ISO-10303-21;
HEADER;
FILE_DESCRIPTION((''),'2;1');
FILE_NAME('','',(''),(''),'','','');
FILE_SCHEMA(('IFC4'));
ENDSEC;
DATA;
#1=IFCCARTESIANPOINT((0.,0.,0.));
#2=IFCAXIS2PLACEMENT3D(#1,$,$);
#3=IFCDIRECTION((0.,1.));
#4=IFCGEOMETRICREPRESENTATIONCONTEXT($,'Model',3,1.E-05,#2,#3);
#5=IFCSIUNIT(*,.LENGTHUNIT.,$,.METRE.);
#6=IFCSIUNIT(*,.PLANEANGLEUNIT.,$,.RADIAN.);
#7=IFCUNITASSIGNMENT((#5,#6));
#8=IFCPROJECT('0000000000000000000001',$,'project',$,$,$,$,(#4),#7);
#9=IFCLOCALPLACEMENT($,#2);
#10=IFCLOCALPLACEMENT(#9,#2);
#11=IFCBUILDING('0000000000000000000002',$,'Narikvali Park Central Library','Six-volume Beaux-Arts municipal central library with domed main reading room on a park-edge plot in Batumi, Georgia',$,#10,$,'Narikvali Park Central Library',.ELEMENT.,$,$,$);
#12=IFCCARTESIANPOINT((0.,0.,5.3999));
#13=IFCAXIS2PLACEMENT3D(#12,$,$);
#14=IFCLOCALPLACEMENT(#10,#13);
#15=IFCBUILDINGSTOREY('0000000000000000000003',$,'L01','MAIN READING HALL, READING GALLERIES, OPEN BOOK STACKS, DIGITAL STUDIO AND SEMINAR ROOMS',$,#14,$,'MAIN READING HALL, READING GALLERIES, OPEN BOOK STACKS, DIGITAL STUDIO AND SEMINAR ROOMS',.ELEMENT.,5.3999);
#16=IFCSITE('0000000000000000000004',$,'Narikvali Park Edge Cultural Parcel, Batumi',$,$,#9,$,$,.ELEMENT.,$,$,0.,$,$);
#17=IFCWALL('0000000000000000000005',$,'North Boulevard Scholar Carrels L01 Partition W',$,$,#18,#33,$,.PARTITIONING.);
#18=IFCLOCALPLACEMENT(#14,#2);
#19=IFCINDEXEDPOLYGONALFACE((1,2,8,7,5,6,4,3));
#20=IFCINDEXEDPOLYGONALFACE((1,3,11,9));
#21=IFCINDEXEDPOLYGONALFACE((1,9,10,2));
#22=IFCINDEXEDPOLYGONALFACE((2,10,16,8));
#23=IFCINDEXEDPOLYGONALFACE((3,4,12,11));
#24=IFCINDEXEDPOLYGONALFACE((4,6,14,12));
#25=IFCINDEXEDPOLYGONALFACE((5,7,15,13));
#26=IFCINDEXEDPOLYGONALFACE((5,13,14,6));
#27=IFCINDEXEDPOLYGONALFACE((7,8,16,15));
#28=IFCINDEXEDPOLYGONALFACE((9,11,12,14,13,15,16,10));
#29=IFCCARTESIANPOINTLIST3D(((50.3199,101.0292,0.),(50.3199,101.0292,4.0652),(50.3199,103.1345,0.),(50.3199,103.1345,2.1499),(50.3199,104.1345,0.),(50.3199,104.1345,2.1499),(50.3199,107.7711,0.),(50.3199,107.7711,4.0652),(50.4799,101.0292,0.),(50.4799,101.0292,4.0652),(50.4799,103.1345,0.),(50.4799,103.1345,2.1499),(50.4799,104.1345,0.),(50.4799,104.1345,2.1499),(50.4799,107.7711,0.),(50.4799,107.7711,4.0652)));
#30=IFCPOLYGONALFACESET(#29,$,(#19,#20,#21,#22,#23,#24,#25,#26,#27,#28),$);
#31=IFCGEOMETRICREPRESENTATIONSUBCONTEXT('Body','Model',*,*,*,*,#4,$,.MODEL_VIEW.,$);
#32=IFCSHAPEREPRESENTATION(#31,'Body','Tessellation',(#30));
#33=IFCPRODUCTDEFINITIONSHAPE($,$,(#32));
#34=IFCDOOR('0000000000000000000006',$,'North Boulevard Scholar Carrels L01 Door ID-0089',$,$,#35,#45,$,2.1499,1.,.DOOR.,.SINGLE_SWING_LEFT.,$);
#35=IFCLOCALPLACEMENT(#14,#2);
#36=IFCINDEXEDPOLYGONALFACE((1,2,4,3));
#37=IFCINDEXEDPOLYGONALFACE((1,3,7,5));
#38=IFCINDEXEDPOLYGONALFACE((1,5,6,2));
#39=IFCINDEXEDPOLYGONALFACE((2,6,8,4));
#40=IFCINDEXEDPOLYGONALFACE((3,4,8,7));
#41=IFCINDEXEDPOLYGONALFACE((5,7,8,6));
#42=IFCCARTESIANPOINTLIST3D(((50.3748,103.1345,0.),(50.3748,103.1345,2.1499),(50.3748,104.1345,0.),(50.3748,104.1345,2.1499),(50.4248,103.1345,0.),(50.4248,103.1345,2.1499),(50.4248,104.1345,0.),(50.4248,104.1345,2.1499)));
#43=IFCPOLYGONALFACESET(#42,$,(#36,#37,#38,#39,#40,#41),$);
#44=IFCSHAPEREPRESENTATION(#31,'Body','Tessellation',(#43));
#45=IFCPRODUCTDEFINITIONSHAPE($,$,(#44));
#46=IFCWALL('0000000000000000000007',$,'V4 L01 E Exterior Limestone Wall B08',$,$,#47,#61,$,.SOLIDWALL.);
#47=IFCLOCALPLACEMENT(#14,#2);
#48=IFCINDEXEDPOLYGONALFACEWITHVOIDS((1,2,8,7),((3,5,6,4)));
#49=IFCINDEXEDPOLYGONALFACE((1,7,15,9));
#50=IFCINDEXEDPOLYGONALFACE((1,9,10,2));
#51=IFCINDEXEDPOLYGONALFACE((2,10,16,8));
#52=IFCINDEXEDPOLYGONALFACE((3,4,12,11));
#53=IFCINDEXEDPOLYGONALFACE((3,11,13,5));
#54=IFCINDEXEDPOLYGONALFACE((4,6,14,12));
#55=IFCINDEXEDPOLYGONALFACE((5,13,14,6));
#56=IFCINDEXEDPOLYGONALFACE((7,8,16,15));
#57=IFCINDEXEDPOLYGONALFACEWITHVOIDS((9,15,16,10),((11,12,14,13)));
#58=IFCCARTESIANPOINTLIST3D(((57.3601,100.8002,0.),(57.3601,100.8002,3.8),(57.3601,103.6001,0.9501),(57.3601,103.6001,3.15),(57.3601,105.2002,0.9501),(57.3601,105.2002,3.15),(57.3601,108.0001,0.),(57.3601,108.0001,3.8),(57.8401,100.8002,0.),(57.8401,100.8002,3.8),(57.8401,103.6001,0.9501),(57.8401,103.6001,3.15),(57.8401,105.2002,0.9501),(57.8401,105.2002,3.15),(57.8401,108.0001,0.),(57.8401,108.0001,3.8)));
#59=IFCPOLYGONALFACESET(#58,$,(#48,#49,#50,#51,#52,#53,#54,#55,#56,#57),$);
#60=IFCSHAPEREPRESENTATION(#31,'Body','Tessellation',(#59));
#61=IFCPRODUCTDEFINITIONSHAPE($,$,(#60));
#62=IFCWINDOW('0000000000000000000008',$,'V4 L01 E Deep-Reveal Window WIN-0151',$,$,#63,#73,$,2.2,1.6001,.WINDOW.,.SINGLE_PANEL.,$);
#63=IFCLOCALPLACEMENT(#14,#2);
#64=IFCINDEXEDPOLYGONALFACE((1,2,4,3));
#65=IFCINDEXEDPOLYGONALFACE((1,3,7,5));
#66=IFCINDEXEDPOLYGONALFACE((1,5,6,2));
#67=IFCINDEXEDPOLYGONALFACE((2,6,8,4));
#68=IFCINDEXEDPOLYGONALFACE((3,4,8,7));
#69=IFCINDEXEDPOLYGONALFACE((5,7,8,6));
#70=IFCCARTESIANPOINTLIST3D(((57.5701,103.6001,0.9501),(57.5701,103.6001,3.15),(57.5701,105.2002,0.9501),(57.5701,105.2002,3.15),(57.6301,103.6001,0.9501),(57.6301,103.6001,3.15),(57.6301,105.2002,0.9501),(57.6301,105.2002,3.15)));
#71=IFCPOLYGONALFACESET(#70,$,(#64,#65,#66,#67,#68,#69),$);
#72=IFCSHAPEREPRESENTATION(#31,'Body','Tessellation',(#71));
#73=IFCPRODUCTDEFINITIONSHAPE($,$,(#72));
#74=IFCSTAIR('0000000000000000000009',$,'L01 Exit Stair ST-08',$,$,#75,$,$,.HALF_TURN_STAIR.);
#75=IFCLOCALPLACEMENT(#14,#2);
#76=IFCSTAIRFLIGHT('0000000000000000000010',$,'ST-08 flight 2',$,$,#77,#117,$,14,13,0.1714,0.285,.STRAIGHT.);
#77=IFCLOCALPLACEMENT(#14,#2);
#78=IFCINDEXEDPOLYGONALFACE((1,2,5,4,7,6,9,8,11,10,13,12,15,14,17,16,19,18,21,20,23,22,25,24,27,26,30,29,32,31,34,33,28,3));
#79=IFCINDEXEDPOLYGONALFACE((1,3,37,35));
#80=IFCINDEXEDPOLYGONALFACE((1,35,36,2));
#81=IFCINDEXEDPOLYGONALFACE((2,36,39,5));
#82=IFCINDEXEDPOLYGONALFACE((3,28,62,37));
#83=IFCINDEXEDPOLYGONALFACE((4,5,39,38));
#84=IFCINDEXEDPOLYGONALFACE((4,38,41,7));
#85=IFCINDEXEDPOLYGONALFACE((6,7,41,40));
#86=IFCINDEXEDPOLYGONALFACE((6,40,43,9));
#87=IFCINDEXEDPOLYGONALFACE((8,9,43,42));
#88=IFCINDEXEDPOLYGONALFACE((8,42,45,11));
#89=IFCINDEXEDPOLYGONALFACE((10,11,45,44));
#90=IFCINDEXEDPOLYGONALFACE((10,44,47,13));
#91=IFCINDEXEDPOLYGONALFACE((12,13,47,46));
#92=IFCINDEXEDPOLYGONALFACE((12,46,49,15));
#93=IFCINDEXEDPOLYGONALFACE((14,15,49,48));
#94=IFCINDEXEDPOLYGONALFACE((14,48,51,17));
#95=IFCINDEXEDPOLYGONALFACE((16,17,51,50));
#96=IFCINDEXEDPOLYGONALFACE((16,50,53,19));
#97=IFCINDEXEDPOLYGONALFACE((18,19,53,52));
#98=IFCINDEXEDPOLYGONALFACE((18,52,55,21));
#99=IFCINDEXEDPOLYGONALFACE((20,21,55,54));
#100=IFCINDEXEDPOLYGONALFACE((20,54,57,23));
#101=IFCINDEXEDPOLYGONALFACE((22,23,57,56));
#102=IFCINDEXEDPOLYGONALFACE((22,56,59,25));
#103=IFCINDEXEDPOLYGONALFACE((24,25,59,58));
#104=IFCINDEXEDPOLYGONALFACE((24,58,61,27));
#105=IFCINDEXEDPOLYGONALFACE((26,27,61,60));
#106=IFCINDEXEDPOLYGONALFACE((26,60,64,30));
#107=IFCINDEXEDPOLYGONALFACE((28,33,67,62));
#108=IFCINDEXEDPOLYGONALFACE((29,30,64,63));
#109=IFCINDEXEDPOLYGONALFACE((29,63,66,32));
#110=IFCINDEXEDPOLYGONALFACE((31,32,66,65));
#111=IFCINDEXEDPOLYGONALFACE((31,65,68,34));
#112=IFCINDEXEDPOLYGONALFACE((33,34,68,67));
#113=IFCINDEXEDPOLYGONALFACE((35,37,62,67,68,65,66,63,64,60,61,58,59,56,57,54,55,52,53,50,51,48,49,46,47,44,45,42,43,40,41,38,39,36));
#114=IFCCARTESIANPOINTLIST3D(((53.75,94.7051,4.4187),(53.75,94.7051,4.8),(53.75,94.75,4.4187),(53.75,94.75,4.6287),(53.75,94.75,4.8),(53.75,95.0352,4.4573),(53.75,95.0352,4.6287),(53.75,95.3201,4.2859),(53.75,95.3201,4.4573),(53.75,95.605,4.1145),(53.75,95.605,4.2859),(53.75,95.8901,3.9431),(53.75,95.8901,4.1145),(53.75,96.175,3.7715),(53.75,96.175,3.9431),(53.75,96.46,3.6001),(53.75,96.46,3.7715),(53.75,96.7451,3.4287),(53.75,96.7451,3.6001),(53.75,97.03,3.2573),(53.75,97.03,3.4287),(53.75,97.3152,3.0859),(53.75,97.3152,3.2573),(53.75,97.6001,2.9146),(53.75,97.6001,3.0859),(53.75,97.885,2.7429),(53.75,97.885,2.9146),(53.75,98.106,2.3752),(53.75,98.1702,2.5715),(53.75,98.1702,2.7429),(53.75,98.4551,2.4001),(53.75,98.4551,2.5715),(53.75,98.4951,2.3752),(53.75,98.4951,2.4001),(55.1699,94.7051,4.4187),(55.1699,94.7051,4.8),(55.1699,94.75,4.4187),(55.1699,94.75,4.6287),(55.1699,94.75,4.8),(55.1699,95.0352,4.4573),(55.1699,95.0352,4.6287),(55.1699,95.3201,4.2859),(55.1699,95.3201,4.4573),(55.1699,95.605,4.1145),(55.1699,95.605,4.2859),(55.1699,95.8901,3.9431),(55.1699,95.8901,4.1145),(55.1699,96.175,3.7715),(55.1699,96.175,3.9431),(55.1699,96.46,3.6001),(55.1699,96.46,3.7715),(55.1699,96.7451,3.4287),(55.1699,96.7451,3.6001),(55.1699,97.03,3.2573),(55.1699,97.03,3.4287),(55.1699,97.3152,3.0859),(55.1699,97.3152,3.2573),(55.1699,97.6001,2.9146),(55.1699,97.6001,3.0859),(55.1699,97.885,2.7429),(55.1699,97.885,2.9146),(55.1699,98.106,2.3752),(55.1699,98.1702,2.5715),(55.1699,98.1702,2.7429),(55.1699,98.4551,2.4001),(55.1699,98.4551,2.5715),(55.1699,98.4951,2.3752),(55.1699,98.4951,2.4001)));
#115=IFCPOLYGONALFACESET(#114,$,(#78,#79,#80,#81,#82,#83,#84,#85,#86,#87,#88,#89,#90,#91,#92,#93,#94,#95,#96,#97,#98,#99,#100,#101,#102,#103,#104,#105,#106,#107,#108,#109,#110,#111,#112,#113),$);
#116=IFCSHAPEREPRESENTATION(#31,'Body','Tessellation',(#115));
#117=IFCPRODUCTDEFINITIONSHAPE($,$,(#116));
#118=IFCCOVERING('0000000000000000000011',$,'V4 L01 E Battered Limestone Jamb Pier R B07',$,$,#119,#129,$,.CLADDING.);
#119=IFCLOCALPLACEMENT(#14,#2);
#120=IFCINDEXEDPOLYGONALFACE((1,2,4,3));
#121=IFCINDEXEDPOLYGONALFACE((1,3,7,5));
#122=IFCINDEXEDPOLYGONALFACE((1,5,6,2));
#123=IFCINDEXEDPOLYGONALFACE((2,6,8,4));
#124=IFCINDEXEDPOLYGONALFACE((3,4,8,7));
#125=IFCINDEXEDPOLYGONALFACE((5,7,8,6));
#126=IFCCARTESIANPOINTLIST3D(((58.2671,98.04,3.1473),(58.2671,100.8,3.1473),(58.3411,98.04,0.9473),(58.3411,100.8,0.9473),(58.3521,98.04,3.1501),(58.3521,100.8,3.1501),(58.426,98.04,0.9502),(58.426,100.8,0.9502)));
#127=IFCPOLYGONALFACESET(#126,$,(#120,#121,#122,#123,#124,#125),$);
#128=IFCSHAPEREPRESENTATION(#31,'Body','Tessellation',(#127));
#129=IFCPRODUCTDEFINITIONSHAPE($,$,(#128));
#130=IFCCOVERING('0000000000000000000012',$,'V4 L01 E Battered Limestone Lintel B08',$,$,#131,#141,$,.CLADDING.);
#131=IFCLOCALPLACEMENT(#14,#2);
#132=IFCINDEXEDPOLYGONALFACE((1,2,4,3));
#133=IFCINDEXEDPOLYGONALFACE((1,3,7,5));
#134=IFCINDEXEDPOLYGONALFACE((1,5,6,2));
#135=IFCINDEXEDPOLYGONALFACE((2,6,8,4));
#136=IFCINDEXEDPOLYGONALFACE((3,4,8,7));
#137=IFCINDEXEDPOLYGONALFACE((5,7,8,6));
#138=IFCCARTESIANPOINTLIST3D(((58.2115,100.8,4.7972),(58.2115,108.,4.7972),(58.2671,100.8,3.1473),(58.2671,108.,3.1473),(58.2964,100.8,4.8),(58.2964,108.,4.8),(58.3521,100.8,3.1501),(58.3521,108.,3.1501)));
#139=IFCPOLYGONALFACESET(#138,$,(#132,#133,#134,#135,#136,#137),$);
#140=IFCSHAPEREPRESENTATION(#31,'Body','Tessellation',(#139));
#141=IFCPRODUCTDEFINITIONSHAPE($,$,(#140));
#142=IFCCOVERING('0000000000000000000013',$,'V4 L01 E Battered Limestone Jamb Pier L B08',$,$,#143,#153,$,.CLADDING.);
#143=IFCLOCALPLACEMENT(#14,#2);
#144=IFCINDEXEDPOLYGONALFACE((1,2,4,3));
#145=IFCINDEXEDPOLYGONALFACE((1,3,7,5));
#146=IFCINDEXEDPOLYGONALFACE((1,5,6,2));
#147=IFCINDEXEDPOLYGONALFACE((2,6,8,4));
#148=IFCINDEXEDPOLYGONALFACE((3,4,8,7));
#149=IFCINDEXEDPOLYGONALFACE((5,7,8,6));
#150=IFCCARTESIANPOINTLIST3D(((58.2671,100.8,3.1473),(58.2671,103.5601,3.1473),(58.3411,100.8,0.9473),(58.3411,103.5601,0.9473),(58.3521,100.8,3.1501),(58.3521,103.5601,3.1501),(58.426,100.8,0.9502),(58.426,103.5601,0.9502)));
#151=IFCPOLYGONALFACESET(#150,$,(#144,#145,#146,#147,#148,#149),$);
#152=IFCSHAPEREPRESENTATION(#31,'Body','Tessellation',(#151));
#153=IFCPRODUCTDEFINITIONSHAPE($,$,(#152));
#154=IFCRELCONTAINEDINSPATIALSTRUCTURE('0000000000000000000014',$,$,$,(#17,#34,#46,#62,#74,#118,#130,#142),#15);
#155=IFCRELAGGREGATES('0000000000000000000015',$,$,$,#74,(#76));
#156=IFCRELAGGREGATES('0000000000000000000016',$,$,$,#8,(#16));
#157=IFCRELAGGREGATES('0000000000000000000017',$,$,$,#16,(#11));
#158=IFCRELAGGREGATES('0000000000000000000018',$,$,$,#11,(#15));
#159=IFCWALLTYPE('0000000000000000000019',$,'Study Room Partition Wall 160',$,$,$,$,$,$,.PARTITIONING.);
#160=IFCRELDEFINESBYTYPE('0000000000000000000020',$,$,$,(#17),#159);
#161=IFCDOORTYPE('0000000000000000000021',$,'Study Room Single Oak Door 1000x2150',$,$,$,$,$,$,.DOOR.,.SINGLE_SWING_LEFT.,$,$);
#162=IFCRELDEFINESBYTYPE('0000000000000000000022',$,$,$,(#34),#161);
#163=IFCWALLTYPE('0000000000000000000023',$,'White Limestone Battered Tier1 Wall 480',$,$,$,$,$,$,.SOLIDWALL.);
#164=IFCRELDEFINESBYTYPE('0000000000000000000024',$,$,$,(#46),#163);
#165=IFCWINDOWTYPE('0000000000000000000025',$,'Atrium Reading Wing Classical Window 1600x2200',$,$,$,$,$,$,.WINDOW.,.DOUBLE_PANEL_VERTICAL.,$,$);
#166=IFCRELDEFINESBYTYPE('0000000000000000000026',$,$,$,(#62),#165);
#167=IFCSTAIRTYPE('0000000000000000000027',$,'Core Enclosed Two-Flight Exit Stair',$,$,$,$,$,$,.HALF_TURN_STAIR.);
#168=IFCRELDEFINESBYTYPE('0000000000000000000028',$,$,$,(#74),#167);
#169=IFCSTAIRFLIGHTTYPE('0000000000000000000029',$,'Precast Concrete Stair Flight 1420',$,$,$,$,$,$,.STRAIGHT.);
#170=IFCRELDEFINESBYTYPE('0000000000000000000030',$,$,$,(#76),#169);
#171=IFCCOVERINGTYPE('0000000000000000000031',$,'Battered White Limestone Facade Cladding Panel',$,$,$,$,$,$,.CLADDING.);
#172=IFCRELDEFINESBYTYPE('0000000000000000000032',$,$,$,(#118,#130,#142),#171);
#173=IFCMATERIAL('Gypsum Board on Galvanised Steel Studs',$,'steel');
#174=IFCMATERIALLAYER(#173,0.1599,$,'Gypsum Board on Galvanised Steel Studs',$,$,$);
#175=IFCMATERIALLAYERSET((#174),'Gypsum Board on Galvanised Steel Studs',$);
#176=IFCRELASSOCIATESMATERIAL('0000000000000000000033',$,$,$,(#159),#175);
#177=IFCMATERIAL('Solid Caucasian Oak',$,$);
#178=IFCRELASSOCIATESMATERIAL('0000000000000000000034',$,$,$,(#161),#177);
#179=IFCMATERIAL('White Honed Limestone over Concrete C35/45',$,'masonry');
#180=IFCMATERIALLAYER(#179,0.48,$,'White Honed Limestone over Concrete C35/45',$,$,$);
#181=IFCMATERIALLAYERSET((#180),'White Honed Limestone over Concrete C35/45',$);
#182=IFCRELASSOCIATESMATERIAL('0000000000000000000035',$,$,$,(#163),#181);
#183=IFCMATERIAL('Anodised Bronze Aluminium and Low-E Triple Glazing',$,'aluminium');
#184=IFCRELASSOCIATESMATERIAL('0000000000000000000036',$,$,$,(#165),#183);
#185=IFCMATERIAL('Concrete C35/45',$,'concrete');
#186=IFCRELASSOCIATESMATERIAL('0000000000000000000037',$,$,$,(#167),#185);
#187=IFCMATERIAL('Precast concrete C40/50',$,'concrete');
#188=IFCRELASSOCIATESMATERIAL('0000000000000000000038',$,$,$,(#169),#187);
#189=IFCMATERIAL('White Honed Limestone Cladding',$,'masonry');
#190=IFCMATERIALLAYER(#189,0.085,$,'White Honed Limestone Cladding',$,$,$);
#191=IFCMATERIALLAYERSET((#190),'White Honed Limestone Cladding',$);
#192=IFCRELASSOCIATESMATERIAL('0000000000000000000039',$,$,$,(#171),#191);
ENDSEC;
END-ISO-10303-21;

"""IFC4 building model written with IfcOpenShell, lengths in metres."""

from ifc_helpers import new_model, si_unit, direction, frame, frame_2d, origin, place, context, subcontext, project, spatial, polyline, rectangle, outline, extrude, material, layer, layer_set, type_object, element, fill, aggregate, save


model = new_model("IFC4")

# Units and contexts
model_context = context("Model", 3, precision=1e-05, world=origin(), true_north=direction((0.0, 1.0)))
body_context = subcontext(model_context, "Body", "Model", "MODEL_VIEW")
ifc_project = project(units=[si_unit("LENGTHUNIT", "METRE"), si_unit("PLANEANGLEUNIT", "RADIAN")], contexts=[model_context])

# Site, building, storey
site_placement = place(None, origin())
site = spatial("IfcSite", under=ifc_project, at=site_placement, Name="Narikvali Park Edge Cultural Parcel, Batumi", CompositionType="ELEMENT", RefElevation=0.0)
building_placement = place(site_placement, origin())
building = spatial("IfcBuilding", under=site, at=building_placement, Name="Narikvali Park Central Library", Description="Six-volume Beaux-Arts municipal central library with domed main reading room on a park-edge plot in Batumi, Georgia", LongName="Narikvali Park Central Library", CompositionType="ELEMENT")
storey_placement = place(building_placement, frame((0.0, 0.0, 5.3999)))
storey = spatial("IfcBuildingStorey", under=building, at=storey_placement, Name="L01", Description="MAIN READING HALL, READING GALLERIES, OPEN BOOK STACKS, DIGITAL STUDIO AND SEMINAR ROOMS", LongName="MAIN READING HALL, READING GALLERIES, OPEN BOOK STACKS, DIGITAL STUDIO AND SEMINAR ROOMS", CompositionType="ELEMENT", Elevation=5.3999)

# Shared definitions
ifc_material_1 = material(Name="Gypsum Board on Galvanised Steel Studs", Category="steel")
ifc_layer_1 = layer(ifc_material_1, 0.1599, Name="Gypsum Board on Galvanised Steel Studs")
ifc_layer_set_1 = layer_set([ifc_layer_1], Name="Gypsum Board on Galvanised Steel Studs")
wall_type_1 = type_object("IfcWallType", Name="Study Room Partition Wall 160", PredefinedType="PARTITIONING", material=ifc_layer_set_1)

# Wall, opening, door
wall_1_placement = place(storey_placement, frame((50.3999, 101.0291, 0.0), z_axis=(0.0, 0.0, 1.0), x_axis=(0.0, 1.0, 0.0)))
wall_1 = element("IfcWall", 1, at=wall_1_placement, inside=storey, type_object=wall_type_1, Name="North Boulevard Scholar Carrels L01 Partition W", PredefinedType="PARTITIONING", context=body_context, shape_type="SweptSolid", body=[
    extrude(rectangle(XDim=6.7419, YDim=0.1599, at=frame_2d((3.3711, 0.0))), origin(), (0.0, 0.0, 1.0), 4.0652),
])
opening_1_placement = place(wall_1_placement, frame((2.1055, 0.0, 0.0)))
opening_1 = element("IfcOpeningElement", 2, at=opening_1_placement, cuts=wall_1, PredefinedType="OPENING", context=body_context, shape_type="SweptSolid", body=[
    extrude(rectangle(XDim=1.0, YDim=2.1499, at=frame_2d((0.5, 1.075))), frame((0.0, 0.0918, 0.0), z_axis=(0.0, -1.0, 0.0), x_axis=(1.0, 0.0, 0.0)), (0.0, 0.0, 1.0), 0.1838),
])
ifc_material_2 = material(Name="Solid Caucasian Oak")
door_type_1 = type_object("IfcDoorType", Name="Study Room Single Oak Door 1000x2150", OperationType="SINGLE_SWING_LEFT", PredefinedType="DOOR", material=ifc_material_2)
door_1_placement = place(opening_1_placement, frame((1.0, 0.0, 0.0), z_axis=(0.0, 0.0, 1.0), x_axis=(-1.0, 0.0, 0.0)))
door_1 = element("IfcDoor", 3, at=door_1_placement, inside=storey, type_object=door_type_1, Name="North Boulevard Scholar Carrels L01 Door ID-0089", OperationType="SINGLE_SWING_LEFT", OverallHeight=2.1499, OverallWidth=1.0, PredefinedType="DOOR", context=body_context, shape_type="SweptSolid", body=[
    extrude(rectangle(XDim=1.0, YDim=2.1499, at=frame_2d((0.5, 1.075))), frame((0.0, 0.0249, 0.0), z_axis=(0.0, -1.0, 0.0), x_axis=(1.0, 0.0, 0.0)), (0.0, 0.0, 1.0), 0.05),
])
fill(opening_1, door_1)

# Wall, opening, window
ifc_material_3 = material(Name="White Honed Limestone over Concrete C35/45", Category="masonry")
ifc_layer_2 = layer(ifc_material_3, 0.48, Name="White Honed Limestone over Concrete C35/45")
ifc_layer_set_2 = layer_set([ifc_layer_2], Name="White Honed Limestone over Concrete C35/45")
wall_type_2 = type_object("IfcWallType", Name="White Limestone Battered Tier1 Wall 480", PredefinedType="SOLIDWALL", material=ifc_layer_set_2)
wall_2_placement = place(storey_placement, frame((57.6001, 100.8, 0.0), z_axis=(0.0, 0.0, 1.0), x_axis=(0.0, 1.0, 0.0)))
wall_2 = element("IfcWall", 4, at=wall_2_placement, inside=storey, type_object=wall_type_2, Name="V4 L01 E Exterior Limestone Wall B08", PredefinedType="SOLIDWALL", context=body_context, shape_type="SweptSolid", body=[
    extrude(rectangle(XDim=7.2, YDim=0.48, at=frame_2d((3.6001, 0.0))), origin(), (0.0, 0.0, 1.0), 3.8),
])
opening_2_placement = place(wall_2_placement, frame((2.8, 0.0, 0.95)))
opening_2 = element("IfcOpeningElement", 5, at=opening_2_placement, cuts=wall_2, PredefinedType="OPENING", context=body_context, shape_type="SweptSolid", body=[
    extrude(rectangle(XDim=1.6001, YDim=2.2, at=frame_2d((0.8, 1.1001))), frame((0.0, 0.252, 0.0), z_axis=(0.0, -1.0, 0.0), x_axis=(1.0, 0.0, 0.0)), (0.0, 0.0, 1.0), 0.5039),
])
ifc_material_4 = material(Name="Anodised Bronze Aluminium and Low-E Triple Glazing", Category="aluminium")
window_type = type_object("IfcWindowType", Name="Atrium Reading Wing Classical Window 1600x2200", PartitioningType="DOUBLE_PANEL_VERTICAL", PredefinedType="WINDOW", material=ifc_material_4)
window_placement = place(opening_2_placement, origin())
window = element("IfcWindow", 6, at=window_placement, inside=storey, type_object=window_type, Name="V4 L01 E Deep-Reveal Window WIN-0151", OverallHeight=2.2, OverallWidth=1.6001, PartitioningType="SINGLE_PANEL", PredefinedType="WINDOW", context=body_context, shape_type="SweptSolid", body=[
    extrude(rectangle(XDim=1.6001, YDim=2.2, at=frame_2d((0.8, 1.1001))), frame((0.0, 0.03, 0.0), z_axis=(0.0, -1.0, 0.0), x_axis=(1.0, 0.0, 0.0)), (0.0, 0.0, 1.0), 0.0601),
])
fill(opening_2, window)

# Stair, stair flight
ifc_material_5 = material(Name="Concrete C35/45", Category="concrete")
stair_type = type_object("IfcStairType", Name="Core Enclosed Two-Flight Exit Stair", PredefinedType="HALF_TURN_STAIR", material=ifc_material_5)
stair_placement = place(storey_placement, origin())
stair = element("IfcStair", 7, at=stair_placement, inside=storey, type_object=stair_type, Name="L01 Exit Stair ST-08", PredefinedType="HALF_TURN_STAIR")
ifc_material_6 = material(Name="Precast concrete C40/50", Category="concrete")
stair_flight_type = type_object("IfcStairFlightType", Name="Precast Concrete Stair Flight 1420", PredefinedType="STRAIGHT", material=ifc_material_6)
stair_flight_placement = place(storey_placement, frame((54.46, 98.4551, 2.4001), z_axis=(0.0, 0.0, 1.0), x_axis=(0.0, -1.0, 0.0)))
stair_flight = element("IfcStairFlight", 8, at=stair_flight_placement, type_object=stair_flight_type, Name="ST-08 flight 2", NumberOfRisers=14, NumberOfTreads=13, PredefinedType="STRAIGHT", RiserHeight=0.1714, TreadLength=0.285, context=body_context, shape_type="SweptSolid", body=[
    extrude(outline(polyline([(-0.04, -0.0249), (-0.04, 0.0), (0.0, 0.0), (0.0, 0.1714), (0.2849, 0.1714), (0.2849, 0.3428), (0.5701, 0.3428), (0.5701, 0.5144), (0.855, 0.5144), (0.855, 0.6858), (1.1399, 0.6858), (1.1399, 0.8572), (1.425, 0.8572), (1.425, 1.0286), (1.71, 1.0286), (1.71, 1.2), (1.9951, 1.2), (1.9951, 1.3713), (2.28, 1.3713), (2.28, 1.543), (2.5649, 1.543), (2.5649, 1.7144), (2.8501, 1.7144), (2.8501, 1.8857), (3.135, 1.8857), (3.135, 2.0571), (3.4199, 2.0571), (3.4199, 2.2285), (3.7051, 2.2285), (3.7051, 2.3999), (3.75, 2.3999), (3.75, 2.0186), (3.7051, 2.0186), (0.3491, -0.0249), (-0.04, -0.0249)])), frame((0.0, 0.71, 0.0), z_axis=(0.0, -1.0, 0.0), x_axis=(1.0, 0.0, 0.0)), (0.0, 0.0, 1.0), 1.4199),
])
aggregate(stair, [stair_flight])

# Coverings
ifc_material_7 = material(Name="White Honed Limestone Cladding", Category="masonry")
ifc_layer_3 = layer(ifc_material_7, 0.085, Name="White Honed Limestone Cladding")
ifc_layer_set_3 = layer_set([ifc_layer_3], Name="White Honed Limestone Cladding")
covering_type = type_object("IfcCoveringType", Name="Battered White Limestone Facade Cladding Panel", PredefinedType="CLADDING", material=ifc_layer_set_3)
covering_1_placement = place(storey_placement, frame((58.426, 98.04, 0.9502), z_axis=(0.999435, 0.0, 0.033607), x_axis=(0.0, 1.0, 0.0)))
element("IfcCovering", 9, at=covering_1_placement, inside=storey, type_object=covering_type, Name="V4 L01 E Battered Limestone Jamb Pier R B07", PredefinedType="CLADDING", context=body_context, shape_type="SweptSolid", body=[
    extrude(outline(polyline([(0.0, 0.0), (2.76, 0.0), (2.76, 2.2012), (0.0, 2.2012), (0.0, 0.0)])), origin(), (0.0, 0.0, -1.0), 0.085),
])
covering_2_placement = place(storey_placement, frame((58.3521, 100.8, 3.1501), z_axis=(0.999431, 0.0, 0.033719), x_axis=(0.0, 1.0, 0.0)))
element("IfcCovering", 10, at=covering_2_placement, inside=storey, type_object=covering_type, Name="V4 L01 E Battered Limestone Lintel B08", PredefinedType="CLADDING", context=body_context, shape_type="SweptSolid", body=[
    extrude(outline(polyline([(0.0, 0.0), (7.2, 0.0), (7.2, 1.6508), (0.0, 1.6508), (0.0, 0.0)])), origin(), (0.0, 0.0, -1.0), 0.085),
])
covering_3_placement = place(storey_placement, frame((58.426, 100.8, 0.9502), z_axis=(0.999435, 0.0, 0.033607), x_axis=(0.0, 1.0, 0.0)))
element("IfcCovering", 11, at=covering_3_placement, inside=storey, type_object=covering_type, Name="V4 L01 E Battered Limestone Jamb Pier L B08", PredefinedType="CLADDING", context=body_context, shape_type="SweptSolid", body=[
    extrude(outline(polyline([(0.0, 0.0), (2.76, 0.0), (2.76, 2.2012), (0.0, 2.2012), (0.0, 0.0)])), origin(), (0.0, 0.0, -1.0), 0.085),
])

save(model, "model.ifc")
